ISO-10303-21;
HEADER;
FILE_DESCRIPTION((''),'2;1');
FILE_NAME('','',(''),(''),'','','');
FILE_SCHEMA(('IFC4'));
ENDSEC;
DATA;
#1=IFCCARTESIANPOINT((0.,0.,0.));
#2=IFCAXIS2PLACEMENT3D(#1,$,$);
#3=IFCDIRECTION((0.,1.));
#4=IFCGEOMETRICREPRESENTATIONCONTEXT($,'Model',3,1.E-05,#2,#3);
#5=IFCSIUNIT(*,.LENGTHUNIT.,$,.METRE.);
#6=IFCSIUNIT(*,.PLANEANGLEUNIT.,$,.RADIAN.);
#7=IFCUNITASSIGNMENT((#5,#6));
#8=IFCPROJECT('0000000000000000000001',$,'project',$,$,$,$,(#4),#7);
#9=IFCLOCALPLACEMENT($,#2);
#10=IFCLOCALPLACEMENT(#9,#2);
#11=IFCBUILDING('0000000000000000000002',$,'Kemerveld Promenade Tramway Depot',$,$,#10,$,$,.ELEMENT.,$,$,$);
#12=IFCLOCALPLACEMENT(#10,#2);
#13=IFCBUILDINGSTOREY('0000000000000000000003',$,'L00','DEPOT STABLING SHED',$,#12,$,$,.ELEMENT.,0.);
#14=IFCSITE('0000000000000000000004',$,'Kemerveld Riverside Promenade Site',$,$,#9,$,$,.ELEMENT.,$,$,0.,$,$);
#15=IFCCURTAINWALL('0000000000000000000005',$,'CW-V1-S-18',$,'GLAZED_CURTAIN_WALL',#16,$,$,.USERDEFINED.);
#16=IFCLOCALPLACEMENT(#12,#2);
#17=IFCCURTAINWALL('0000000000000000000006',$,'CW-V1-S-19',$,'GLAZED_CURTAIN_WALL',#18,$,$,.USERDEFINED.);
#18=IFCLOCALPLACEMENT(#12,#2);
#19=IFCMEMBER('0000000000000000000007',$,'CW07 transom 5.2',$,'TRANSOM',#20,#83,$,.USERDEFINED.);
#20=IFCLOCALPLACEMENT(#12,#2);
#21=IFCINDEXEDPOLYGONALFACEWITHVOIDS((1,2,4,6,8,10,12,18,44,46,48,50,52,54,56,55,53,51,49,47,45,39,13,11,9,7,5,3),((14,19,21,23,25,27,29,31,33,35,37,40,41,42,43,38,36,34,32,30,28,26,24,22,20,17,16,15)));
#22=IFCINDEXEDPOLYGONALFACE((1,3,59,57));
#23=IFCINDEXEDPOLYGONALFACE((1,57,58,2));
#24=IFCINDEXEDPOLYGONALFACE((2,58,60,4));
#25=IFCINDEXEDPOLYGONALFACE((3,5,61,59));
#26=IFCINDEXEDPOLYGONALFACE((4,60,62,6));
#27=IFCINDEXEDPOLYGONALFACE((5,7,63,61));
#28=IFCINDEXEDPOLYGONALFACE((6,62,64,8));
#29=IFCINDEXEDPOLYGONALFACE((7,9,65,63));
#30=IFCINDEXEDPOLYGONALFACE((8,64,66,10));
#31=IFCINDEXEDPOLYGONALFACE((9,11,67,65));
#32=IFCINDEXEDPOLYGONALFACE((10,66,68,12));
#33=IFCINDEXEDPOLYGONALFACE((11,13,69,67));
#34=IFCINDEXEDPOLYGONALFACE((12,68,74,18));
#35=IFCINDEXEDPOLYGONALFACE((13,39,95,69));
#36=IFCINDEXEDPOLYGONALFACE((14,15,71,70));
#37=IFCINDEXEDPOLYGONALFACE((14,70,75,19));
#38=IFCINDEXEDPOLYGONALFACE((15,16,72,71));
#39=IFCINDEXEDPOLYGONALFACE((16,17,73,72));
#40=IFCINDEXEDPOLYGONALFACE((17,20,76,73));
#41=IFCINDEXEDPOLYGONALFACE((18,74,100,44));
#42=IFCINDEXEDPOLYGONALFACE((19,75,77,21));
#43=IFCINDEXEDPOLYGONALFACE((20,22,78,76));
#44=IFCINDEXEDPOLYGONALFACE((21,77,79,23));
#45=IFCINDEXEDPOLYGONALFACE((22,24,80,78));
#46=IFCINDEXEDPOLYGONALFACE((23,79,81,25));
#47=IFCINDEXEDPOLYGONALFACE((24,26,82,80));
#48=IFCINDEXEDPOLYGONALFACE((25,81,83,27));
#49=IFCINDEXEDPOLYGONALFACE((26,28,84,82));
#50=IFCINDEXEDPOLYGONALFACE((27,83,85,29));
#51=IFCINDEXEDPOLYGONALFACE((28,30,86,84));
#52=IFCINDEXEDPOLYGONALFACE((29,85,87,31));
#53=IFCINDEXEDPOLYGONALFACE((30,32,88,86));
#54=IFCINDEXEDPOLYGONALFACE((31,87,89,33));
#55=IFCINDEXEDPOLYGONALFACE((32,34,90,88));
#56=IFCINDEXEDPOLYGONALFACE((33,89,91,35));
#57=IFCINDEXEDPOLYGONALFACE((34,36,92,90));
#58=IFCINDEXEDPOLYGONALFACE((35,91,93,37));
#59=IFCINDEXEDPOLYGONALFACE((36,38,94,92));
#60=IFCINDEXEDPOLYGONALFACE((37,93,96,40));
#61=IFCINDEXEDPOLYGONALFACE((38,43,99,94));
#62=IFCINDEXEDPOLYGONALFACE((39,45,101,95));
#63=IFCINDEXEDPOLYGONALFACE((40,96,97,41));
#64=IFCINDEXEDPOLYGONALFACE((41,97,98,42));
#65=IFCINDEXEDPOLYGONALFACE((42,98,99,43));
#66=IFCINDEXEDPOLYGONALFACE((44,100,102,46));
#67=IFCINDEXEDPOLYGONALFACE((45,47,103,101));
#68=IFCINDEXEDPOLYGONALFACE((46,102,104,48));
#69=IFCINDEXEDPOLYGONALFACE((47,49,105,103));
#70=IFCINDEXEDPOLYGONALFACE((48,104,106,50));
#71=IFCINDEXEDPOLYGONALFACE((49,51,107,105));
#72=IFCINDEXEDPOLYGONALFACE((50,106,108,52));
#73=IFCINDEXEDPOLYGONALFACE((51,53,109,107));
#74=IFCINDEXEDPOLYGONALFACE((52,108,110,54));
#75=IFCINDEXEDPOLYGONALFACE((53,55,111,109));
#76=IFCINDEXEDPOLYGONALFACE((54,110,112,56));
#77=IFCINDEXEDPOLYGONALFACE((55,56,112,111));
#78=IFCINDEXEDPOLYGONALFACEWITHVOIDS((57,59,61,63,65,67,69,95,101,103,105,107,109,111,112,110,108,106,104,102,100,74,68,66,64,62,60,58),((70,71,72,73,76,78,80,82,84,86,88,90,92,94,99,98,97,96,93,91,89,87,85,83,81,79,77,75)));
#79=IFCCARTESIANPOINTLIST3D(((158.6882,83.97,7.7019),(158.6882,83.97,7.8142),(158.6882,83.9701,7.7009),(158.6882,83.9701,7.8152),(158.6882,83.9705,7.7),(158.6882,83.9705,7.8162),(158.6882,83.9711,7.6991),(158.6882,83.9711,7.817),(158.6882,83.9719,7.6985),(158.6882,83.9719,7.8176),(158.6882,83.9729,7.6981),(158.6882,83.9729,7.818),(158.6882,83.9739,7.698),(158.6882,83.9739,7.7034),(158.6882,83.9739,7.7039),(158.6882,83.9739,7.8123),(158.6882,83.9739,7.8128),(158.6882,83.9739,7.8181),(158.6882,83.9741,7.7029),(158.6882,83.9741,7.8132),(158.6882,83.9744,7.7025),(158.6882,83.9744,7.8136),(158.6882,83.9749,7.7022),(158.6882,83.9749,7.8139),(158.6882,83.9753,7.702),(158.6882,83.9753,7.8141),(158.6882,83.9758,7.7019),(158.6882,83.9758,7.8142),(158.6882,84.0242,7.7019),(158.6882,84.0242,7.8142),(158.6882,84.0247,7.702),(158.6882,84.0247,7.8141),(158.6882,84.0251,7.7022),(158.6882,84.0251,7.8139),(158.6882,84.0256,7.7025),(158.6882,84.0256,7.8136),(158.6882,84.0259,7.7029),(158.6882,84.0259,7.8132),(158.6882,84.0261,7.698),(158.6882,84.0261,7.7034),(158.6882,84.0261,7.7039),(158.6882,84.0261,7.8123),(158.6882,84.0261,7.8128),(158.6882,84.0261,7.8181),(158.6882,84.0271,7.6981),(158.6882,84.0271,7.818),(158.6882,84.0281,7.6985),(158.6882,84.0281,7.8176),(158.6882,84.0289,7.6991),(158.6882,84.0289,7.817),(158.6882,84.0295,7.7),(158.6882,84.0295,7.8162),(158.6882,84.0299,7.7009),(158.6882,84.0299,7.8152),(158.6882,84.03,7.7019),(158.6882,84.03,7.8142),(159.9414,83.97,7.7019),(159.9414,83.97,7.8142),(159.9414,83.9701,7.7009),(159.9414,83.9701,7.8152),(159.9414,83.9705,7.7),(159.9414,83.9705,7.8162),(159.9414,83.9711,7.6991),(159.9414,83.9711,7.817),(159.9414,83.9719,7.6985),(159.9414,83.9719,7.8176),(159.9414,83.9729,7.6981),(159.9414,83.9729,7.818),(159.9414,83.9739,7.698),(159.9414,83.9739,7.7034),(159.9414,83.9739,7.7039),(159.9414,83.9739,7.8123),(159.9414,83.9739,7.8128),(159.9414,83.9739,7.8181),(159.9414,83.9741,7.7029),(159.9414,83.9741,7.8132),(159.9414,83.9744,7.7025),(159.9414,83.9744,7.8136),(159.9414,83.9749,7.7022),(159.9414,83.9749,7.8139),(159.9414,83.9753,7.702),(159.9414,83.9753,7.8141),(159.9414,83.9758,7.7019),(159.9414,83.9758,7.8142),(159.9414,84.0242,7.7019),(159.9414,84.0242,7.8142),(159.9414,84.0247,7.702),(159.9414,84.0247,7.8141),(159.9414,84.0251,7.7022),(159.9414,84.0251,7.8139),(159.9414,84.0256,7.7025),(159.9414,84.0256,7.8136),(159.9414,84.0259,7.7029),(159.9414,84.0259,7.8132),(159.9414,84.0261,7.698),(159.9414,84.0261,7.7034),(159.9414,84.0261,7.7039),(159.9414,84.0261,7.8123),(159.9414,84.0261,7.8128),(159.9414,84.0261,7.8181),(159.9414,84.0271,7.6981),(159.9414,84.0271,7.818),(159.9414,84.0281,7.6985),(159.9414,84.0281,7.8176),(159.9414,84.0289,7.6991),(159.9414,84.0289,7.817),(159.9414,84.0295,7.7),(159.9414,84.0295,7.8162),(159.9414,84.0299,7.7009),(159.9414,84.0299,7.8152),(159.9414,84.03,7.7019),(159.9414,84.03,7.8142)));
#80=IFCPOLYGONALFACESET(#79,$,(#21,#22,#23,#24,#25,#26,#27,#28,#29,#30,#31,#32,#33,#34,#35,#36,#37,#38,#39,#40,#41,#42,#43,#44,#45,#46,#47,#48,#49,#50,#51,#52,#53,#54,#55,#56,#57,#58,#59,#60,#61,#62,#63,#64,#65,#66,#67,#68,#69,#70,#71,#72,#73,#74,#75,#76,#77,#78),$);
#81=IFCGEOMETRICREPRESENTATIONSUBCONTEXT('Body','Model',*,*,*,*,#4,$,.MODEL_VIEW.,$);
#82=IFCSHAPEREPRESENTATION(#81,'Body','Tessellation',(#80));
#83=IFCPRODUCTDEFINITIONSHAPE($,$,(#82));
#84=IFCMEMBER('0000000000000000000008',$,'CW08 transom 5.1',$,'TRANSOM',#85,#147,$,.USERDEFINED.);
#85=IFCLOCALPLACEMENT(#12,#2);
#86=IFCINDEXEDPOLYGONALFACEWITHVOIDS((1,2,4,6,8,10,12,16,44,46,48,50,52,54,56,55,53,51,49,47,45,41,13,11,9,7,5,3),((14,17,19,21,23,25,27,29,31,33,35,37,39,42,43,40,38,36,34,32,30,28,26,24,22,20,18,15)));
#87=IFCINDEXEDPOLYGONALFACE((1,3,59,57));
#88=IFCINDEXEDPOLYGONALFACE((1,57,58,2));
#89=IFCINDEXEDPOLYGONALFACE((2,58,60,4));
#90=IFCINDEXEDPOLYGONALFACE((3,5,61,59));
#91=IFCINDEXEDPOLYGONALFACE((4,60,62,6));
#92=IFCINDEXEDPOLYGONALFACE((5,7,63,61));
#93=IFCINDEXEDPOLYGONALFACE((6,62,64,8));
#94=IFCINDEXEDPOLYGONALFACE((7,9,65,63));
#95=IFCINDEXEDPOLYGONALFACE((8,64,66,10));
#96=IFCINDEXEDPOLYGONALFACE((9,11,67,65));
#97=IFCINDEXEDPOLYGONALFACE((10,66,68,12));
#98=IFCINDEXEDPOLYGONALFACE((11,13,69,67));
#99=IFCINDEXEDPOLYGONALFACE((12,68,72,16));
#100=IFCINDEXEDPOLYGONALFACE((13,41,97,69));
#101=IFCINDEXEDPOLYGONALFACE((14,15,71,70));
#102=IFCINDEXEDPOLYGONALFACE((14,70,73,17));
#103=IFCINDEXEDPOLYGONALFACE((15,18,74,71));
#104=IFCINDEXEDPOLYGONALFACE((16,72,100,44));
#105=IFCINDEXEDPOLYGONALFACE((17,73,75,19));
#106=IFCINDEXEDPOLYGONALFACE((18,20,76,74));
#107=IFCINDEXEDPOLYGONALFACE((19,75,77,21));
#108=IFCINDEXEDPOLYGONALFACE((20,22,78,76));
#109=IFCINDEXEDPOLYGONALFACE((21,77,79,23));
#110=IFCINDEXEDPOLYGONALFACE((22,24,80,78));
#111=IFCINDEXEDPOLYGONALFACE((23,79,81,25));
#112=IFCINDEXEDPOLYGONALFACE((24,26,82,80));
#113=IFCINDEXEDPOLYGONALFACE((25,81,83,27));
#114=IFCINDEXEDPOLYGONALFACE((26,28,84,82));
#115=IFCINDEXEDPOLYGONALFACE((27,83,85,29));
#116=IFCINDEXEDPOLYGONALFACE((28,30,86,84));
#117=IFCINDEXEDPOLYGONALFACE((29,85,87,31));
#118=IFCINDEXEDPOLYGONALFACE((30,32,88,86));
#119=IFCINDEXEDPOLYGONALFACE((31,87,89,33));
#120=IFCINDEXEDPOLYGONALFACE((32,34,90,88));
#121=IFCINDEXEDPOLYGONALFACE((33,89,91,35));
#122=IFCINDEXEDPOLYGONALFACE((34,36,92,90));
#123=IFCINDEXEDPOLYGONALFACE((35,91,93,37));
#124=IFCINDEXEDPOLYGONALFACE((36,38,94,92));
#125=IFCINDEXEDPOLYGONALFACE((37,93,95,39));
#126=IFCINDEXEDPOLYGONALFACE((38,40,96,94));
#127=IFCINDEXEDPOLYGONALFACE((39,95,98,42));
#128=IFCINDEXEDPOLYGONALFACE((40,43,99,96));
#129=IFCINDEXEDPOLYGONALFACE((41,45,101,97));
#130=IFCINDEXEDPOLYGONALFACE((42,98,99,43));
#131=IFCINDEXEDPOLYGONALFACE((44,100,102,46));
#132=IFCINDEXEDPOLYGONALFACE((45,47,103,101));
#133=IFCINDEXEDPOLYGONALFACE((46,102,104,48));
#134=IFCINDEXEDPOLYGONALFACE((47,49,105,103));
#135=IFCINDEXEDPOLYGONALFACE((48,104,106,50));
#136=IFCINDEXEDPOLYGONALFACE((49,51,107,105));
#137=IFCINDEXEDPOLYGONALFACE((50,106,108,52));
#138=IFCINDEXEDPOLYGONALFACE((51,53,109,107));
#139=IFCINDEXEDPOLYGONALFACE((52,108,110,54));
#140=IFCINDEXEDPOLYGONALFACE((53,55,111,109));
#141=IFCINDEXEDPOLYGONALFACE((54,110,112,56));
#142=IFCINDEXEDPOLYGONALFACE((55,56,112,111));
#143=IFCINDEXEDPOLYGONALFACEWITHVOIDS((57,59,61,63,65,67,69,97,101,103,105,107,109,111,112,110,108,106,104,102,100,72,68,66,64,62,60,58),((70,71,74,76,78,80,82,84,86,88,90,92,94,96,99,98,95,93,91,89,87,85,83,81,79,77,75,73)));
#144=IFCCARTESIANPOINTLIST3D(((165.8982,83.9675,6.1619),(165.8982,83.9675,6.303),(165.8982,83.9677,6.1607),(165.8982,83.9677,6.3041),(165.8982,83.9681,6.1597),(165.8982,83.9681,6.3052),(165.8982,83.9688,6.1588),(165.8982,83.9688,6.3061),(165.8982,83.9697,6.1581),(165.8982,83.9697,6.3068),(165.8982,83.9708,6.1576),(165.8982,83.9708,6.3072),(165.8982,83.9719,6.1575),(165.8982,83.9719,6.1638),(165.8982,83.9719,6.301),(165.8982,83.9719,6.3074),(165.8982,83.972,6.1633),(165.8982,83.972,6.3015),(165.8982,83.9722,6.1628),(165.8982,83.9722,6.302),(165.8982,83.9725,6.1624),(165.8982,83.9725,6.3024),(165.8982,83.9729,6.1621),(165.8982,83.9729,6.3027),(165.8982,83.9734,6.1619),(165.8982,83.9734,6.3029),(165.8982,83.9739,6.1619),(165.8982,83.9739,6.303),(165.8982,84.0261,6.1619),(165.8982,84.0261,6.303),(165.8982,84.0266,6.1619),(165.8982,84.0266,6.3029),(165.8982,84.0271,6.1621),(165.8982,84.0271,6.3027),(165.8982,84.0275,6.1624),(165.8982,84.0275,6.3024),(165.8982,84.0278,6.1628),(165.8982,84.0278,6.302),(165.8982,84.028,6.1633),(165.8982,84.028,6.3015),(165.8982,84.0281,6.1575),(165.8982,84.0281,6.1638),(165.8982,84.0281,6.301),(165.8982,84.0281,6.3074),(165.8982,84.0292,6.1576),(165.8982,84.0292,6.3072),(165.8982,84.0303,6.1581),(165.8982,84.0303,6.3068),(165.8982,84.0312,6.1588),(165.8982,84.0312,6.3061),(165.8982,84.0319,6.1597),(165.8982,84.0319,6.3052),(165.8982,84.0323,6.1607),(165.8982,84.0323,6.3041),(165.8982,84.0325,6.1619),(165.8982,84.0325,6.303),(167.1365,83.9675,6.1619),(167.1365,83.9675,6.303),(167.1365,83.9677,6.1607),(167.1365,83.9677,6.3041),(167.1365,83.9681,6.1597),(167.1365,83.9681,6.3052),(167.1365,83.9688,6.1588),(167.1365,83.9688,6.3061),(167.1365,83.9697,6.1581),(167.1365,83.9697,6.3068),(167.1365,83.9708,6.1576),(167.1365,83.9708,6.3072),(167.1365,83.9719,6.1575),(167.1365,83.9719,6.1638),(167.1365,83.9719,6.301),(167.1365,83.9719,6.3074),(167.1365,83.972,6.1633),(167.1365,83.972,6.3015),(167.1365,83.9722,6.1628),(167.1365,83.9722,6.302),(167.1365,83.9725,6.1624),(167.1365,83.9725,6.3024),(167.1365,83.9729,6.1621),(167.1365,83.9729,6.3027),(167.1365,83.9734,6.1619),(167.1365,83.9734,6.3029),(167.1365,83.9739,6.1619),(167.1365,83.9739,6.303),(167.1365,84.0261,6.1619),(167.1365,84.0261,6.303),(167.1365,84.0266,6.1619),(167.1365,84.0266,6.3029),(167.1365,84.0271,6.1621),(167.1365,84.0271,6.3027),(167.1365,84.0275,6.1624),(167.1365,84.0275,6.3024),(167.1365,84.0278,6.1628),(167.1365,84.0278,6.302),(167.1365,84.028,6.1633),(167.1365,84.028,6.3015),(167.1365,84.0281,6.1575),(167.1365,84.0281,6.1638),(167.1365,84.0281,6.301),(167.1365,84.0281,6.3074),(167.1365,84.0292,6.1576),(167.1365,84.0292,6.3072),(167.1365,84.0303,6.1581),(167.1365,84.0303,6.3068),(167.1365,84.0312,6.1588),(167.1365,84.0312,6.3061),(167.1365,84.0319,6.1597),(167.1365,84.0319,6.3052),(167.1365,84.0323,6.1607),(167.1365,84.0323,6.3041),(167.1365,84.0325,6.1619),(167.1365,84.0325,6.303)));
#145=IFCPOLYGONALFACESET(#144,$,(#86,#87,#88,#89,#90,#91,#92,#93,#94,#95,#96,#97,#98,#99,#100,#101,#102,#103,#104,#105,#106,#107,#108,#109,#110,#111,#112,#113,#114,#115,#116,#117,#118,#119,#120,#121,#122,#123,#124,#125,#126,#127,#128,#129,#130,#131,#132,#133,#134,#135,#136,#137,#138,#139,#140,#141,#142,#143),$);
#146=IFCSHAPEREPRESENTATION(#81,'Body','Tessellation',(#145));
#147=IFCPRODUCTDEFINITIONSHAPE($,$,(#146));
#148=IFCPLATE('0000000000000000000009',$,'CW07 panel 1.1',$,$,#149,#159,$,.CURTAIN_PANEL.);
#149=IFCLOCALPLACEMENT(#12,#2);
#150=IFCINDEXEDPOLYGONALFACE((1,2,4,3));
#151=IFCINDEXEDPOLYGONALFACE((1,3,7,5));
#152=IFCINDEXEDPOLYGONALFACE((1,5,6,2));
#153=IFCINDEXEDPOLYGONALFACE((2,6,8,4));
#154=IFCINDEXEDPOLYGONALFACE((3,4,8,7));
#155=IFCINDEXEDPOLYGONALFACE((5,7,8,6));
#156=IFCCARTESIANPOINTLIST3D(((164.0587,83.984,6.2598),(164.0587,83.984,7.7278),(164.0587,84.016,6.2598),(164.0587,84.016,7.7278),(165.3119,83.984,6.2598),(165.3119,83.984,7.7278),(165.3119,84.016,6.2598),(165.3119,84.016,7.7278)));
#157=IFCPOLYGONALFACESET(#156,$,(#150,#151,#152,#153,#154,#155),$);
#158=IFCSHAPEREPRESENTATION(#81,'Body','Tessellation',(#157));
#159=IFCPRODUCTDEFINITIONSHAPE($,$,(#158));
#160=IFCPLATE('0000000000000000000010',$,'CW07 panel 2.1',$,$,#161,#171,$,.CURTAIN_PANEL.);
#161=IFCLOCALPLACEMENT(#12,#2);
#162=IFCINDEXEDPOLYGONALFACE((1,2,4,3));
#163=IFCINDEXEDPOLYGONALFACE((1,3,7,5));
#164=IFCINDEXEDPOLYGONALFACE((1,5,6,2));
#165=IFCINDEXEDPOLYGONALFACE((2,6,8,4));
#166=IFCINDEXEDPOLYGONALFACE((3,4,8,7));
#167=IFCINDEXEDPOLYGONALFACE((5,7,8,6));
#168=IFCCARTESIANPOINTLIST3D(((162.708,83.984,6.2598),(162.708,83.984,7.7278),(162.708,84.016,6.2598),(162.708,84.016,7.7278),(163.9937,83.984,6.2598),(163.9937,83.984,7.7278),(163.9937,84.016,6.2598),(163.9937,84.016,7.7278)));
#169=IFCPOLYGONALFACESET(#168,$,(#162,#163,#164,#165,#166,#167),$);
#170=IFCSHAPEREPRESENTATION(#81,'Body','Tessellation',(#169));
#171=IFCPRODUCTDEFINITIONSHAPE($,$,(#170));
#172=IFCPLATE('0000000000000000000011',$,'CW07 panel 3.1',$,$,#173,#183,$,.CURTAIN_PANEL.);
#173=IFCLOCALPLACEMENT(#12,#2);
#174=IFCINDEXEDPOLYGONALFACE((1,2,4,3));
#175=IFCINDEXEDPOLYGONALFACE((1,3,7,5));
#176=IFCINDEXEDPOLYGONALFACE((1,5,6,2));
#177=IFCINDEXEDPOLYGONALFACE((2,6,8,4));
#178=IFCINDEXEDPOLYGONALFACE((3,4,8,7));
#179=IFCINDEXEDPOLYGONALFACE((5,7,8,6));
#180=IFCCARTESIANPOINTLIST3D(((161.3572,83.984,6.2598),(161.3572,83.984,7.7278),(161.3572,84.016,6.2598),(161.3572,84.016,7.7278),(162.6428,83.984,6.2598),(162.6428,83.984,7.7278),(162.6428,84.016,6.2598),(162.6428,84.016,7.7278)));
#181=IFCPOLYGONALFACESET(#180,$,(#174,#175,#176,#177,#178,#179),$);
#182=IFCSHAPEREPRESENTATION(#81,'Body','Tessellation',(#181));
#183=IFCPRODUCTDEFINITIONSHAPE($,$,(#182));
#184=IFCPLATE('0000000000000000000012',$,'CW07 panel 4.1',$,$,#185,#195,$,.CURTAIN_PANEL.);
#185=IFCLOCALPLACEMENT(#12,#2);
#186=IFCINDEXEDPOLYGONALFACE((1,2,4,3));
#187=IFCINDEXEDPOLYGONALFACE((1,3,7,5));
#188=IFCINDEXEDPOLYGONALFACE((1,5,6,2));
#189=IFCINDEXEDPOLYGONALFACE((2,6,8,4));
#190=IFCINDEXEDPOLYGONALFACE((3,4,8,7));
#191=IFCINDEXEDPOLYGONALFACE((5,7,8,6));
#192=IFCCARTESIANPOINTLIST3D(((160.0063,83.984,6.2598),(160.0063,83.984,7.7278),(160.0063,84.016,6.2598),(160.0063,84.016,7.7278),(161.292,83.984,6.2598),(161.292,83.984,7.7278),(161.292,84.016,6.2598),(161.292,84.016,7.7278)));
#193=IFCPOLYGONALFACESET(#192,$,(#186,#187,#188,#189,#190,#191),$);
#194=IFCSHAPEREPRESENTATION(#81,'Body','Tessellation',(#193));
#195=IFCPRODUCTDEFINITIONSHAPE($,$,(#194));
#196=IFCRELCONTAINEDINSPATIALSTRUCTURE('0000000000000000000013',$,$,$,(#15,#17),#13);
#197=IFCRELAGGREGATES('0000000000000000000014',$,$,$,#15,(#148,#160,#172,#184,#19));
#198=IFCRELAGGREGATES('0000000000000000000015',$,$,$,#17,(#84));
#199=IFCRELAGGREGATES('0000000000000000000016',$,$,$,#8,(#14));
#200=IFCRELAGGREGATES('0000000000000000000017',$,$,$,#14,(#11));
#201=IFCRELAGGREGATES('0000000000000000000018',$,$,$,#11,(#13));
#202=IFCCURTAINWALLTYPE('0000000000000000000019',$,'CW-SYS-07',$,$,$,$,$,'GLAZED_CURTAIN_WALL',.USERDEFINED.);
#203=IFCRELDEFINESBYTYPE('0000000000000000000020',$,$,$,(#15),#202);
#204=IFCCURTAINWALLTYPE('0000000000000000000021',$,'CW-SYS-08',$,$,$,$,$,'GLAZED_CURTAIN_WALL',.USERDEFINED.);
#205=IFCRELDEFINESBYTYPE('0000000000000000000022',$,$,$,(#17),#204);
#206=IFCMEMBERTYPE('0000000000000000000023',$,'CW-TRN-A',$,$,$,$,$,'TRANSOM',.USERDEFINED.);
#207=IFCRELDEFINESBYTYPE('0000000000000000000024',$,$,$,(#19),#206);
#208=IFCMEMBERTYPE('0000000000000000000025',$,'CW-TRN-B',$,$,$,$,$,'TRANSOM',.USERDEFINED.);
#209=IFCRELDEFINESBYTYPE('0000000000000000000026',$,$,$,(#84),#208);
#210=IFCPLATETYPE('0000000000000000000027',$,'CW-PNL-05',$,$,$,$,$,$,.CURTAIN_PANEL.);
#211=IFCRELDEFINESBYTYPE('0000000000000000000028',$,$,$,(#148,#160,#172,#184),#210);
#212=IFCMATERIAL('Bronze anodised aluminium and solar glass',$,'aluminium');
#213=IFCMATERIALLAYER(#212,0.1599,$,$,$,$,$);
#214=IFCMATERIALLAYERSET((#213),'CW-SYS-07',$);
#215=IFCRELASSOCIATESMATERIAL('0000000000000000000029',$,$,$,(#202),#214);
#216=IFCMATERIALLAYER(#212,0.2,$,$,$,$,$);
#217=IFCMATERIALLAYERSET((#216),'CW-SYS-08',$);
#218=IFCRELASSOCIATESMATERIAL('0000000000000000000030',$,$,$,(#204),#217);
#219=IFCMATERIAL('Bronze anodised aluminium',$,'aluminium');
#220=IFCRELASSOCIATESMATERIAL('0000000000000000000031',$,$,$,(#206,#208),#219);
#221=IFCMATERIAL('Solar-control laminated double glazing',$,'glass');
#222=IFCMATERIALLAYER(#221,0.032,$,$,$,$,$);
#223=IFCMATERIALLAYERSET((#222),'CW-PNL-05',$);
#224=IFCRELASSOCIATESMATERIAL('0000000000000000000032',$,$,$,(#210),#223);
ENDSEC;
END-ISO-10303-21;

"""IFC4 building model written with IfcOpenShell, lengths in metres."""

from ifc_helpers import new_model, si_unit, direction, frame, origin, origin_2d, place, context, subcontext, project, spatial, rectangle, hollow_rectangle, extrude, material, layer, layer_set, material_profile, profile_set, type_object, element, aggregate, save


model = new_model("IFC4")

# Units and contexts
model_context = context("Model", 3, precision=1e-05, world=origin(), true_north=direction((0.0, 1.0)))
body_context = subcontext(model_context, "Body", "Model", "MODEL_VIEW")
ifc_project = project(units=[si_unit("LENGTHUNIT", "METRE"), si_unit("PLANEANGLEUNIT", "RADIAN")], contexts=[model_context])

# Site, building, storey
site_placement = place(None, origin())
site = spatial("IfcSite", under=ifc_project, at=site_placement, Name="Kemerveld Riverside Promenade Site", CompositionType="ELEMENT", RefElevation=0.0)
building_placement = place(site_placement, origin())
building = spatial("IfcBuilding", under=site, at=building_placement, Name="Kemerveld Promenade Tramway Depot", CompositionType="ELEMENT")
storey_placement = place(building_placement, origin())
storey = spatial("IfcBuildingStorey", under=building, at=storey_placement, Name="L00", Description="DEPOT STABLING SHED", CompositionType="ELEMENT", Elevation=0.0)

# Curtain wall
ifc_material_1 = material(Name="Bronze anodised aluminium and solar glass", Category="aluminium")
ifc_layer_1 = layer(ifc_material_1, 0.1599)
ifc_layer_set_1 = layer_set([ifc_layer_1], Name="CW-SYS-07")
curtain_wall_type_1 = type_object("IfcCurtainWallType", Name="CW-SYS-07", ElementType="GLAZED_CURTAIN_WALL", PredefinedType="USERDEFINED", material=ifc_layer_set_1)
curtain_wall_1_placement = place(storey_placement, origin())
curtain_wall_1 = element("IfcCurtainWall", 1, at=curtain_wall_1_placement, inside=storey, type_object=curtain_wall_type_1, Name="CW-V1-S-18", ObjectType="GLAZED_CURTAIN_WALL", PredefinedType="USERDEFINED")
ifc_material_2 = material(Name="Bronze anodised aluminium", Category="aluminium")

# Curtain wall
ifc_layer_2 = layer(ifc_material_1, 0.2)
ifc_layer_set_2 = layer_set([ifc_layer_2], Name="CW-SYS-08")
curtain_wall_type_2 = type_object("IfcCurtainWallType", Name="CW-SYS-08", ElementType="GLAZED_CURTAIN_WALL", PredefinedType="USERDEFINED", material=ifc_layer_set_2)
curtain_wall_2_placement = place(storey_placement, origin())
curtain_wall_2 = element("IfcCurtainWall", 2, at=curtain_wall_2_placement, inside=storey, type_object=curtain_wall_type_2, Name="CW-V1-S-19", ObjectType="GLAZED_CURTAIN_WALL", PredefinedType="USERDEFINED")

# Members
ifc_material_profile_1 = material_profile(ifc_material_2, hollow_rectangle(XDim=0.0601, YDim=0.1201, WallThickness=0.0039, InnerFilletRadius=0.002, OuterFilletRadius=0.0039, at=origin_2d()), Name="CW-TRN-120x60")
ifc_profile_set_1 = profile_set([ifc_material_profile_1], Name="Bronze anodised aluminium")
member_type_1 = type_object("IfcMemberType", Name="CW-TRN-A", ElementType="TRANSOM", PredefinedType="USERDEFINED", material=ifc_profile_set_1)
member_1_placement = place(storey_placement, frame((159.9414, 84.0, 7.7581), z_axis=(-1.0, 0.0, 0.0), x_axis=(0.0, -1.0, 0.0)))
member_1 = element("IfcMember", 3, at=member_1_placement, type_object=member_type_1, Name="CW07 transom 5.2", ObjectType="TRANSOM", PredefinedType="USERDEFINED", context=body_context, shape_type="SweptSolid", body=[
    extrude(hollow_rectangle(XDim=0.0601, YDim=0.1201, WallThickness=0.0039, InnerFilletRadius=0.002, OuterFilletRadius=0.0039, at=origin_2d()), origin(), (0.0, 0.0, 1.0), 1.2532),
])
ifc_material_profile_2 = material_profile(ifc_material_2, hollow_rectangle(XDim=0.0649, YDim=0.1499, WallThickness=0.0044, InnerFilletRadius=0.002, OuterFilletRadius=0.0044, at=origin_2d()), Name="CW-TRN-150x65")
ifc_profile_set_2 = profile_set([ifc_material_profile_2], Name="Bronze anodised aluminium")
member_type_2 = type_object("IfcMemberType", Name="CW-TRN-B", ElementType="TRANSOM", PredefinedType="USERDEFINED", material=ifc_profile_set_2)
member_2_placement = place(storey_placement, frame((167.1365, 84.0, 6.2324), z_axis=(-1.0, 0.0, 0.0), x_axis=(0.0, -1.0, 0.0)))
member_2 = element("IfcMember", 4, at=member_2_placement, type_object=member_type_2, Name="CW08 transom 5.1", ObjectType="TRANSOM", PredefinedType="USERDEFINED", context=body_context, shape_type="SweptSolid", body=[
    extrude(hollow_rectangle(XDim=0.0649, YDim=0.1499, WallThickness=0.0044, InnerFilletRadius=0.002, OuterFilletRadius=0.0044, at=origin_2d()), origin(), (0.0, 0.0, 1.0), 1.2383),
])

# Plates
ifc_material_3 = material(Name="Solar-control laminated double glazing", Category="glass")
ifc_layer_3 = layer(ifc_material_3, 0.032)
ifc_layer_set_3 = layer_set([ifc_layer_3], Name="CW-PNL-05")
plate_type_1 = type_object("IfcPlateType", Name="CW-PNL-05", PredefinedType="CURTAIN_PANEL", material=ifc_layer_set_3)
plate_1_placement = place(storey_placement, frame((164.6853, 84.0, 6.2598), z_axis=(0.0, 0.0, 1.0), x_axis=(-1.0, 0.0, 0.0)))
plate_1 = element("IfcPlate", 5, at=plate_1_placement, type_object=plate_type_1, Name="CW07 panel 1.1", PredefinedType="CURTAIN_PANEL", context=body_context, shape_type="SweptSolid", body=[
    extrude(rectangle(XDim=1.2532, YDim=0.032, at=origin_2d()), origin(), (0.0, 0.0, 1.0), 1.468),
])
plate_2_placement = place(storey_placement, frame((163.3508, 84.0, 6.2598), z_axis=(0.0, 0.0, 1.0), x_axis=(-1.0, 0.0, 0.0)))
plate_2 = element("IfcPlate", 6, at=plate_2_placement, type_object=plate_type_1, Name="CW07 panel 2.1", PredefinedType="CURTAIN_PANEL", context=body_context, shape_type="SweptSolid", body=[
    extrude(rectangle(XDim=1.2856, YDim=0.032, at=origin_2d()), origin(), (0.0, 0.0, 1.0), 1.468),
])
plate_3_placement = place(storey_placement, frame((162.0, 84.0, 6.2598), z_axis=(0.0, 0.0, 1.0), x_axis=(-1.0, 0.0, 0.0)))
plate_3 = element("IfcPlate", 7, at=plate_3_placement, type_object=plate_type_1, Name="CW07 panel 3.1", PredefinedType="CURTAIN_PANEL", context=body_context, shape_type="SweptSolid", body=[
    extrude(rectangle(XDim=1.2856, YDim=0.032, at=origin_2d()), origin(), (0.0, 0.0, 1.0), 1.468),
])
plate_4_placement = place(storey_placement, frame((160.6492, 84.0, 6.2598), z_axis=(0.0, 0.0, 1.0), x_axis=(-1.0, 0.0, 0.0)))
plate_4 = element("IfcPlate", 8, at=plate_4_placement, type_object=plate_type_1, Name="CW07 panel 4.1", PredefinedType="CURTAIN_PANEL", context=body_context, shape_type="SweptSolid", body=[
    extrude(rectangle(XDim=1.2856, YDim=0.032, at=origin_2d()), origin(), (0.0, 0.0, 1.0), 1.468),
])
aggregate(curtain_wall_1, [plate_1, plate_2, plate_3, plate_4, member_1])
aggregate(curtain_wall_2, [member_2])

save(model, "model.ifc")
